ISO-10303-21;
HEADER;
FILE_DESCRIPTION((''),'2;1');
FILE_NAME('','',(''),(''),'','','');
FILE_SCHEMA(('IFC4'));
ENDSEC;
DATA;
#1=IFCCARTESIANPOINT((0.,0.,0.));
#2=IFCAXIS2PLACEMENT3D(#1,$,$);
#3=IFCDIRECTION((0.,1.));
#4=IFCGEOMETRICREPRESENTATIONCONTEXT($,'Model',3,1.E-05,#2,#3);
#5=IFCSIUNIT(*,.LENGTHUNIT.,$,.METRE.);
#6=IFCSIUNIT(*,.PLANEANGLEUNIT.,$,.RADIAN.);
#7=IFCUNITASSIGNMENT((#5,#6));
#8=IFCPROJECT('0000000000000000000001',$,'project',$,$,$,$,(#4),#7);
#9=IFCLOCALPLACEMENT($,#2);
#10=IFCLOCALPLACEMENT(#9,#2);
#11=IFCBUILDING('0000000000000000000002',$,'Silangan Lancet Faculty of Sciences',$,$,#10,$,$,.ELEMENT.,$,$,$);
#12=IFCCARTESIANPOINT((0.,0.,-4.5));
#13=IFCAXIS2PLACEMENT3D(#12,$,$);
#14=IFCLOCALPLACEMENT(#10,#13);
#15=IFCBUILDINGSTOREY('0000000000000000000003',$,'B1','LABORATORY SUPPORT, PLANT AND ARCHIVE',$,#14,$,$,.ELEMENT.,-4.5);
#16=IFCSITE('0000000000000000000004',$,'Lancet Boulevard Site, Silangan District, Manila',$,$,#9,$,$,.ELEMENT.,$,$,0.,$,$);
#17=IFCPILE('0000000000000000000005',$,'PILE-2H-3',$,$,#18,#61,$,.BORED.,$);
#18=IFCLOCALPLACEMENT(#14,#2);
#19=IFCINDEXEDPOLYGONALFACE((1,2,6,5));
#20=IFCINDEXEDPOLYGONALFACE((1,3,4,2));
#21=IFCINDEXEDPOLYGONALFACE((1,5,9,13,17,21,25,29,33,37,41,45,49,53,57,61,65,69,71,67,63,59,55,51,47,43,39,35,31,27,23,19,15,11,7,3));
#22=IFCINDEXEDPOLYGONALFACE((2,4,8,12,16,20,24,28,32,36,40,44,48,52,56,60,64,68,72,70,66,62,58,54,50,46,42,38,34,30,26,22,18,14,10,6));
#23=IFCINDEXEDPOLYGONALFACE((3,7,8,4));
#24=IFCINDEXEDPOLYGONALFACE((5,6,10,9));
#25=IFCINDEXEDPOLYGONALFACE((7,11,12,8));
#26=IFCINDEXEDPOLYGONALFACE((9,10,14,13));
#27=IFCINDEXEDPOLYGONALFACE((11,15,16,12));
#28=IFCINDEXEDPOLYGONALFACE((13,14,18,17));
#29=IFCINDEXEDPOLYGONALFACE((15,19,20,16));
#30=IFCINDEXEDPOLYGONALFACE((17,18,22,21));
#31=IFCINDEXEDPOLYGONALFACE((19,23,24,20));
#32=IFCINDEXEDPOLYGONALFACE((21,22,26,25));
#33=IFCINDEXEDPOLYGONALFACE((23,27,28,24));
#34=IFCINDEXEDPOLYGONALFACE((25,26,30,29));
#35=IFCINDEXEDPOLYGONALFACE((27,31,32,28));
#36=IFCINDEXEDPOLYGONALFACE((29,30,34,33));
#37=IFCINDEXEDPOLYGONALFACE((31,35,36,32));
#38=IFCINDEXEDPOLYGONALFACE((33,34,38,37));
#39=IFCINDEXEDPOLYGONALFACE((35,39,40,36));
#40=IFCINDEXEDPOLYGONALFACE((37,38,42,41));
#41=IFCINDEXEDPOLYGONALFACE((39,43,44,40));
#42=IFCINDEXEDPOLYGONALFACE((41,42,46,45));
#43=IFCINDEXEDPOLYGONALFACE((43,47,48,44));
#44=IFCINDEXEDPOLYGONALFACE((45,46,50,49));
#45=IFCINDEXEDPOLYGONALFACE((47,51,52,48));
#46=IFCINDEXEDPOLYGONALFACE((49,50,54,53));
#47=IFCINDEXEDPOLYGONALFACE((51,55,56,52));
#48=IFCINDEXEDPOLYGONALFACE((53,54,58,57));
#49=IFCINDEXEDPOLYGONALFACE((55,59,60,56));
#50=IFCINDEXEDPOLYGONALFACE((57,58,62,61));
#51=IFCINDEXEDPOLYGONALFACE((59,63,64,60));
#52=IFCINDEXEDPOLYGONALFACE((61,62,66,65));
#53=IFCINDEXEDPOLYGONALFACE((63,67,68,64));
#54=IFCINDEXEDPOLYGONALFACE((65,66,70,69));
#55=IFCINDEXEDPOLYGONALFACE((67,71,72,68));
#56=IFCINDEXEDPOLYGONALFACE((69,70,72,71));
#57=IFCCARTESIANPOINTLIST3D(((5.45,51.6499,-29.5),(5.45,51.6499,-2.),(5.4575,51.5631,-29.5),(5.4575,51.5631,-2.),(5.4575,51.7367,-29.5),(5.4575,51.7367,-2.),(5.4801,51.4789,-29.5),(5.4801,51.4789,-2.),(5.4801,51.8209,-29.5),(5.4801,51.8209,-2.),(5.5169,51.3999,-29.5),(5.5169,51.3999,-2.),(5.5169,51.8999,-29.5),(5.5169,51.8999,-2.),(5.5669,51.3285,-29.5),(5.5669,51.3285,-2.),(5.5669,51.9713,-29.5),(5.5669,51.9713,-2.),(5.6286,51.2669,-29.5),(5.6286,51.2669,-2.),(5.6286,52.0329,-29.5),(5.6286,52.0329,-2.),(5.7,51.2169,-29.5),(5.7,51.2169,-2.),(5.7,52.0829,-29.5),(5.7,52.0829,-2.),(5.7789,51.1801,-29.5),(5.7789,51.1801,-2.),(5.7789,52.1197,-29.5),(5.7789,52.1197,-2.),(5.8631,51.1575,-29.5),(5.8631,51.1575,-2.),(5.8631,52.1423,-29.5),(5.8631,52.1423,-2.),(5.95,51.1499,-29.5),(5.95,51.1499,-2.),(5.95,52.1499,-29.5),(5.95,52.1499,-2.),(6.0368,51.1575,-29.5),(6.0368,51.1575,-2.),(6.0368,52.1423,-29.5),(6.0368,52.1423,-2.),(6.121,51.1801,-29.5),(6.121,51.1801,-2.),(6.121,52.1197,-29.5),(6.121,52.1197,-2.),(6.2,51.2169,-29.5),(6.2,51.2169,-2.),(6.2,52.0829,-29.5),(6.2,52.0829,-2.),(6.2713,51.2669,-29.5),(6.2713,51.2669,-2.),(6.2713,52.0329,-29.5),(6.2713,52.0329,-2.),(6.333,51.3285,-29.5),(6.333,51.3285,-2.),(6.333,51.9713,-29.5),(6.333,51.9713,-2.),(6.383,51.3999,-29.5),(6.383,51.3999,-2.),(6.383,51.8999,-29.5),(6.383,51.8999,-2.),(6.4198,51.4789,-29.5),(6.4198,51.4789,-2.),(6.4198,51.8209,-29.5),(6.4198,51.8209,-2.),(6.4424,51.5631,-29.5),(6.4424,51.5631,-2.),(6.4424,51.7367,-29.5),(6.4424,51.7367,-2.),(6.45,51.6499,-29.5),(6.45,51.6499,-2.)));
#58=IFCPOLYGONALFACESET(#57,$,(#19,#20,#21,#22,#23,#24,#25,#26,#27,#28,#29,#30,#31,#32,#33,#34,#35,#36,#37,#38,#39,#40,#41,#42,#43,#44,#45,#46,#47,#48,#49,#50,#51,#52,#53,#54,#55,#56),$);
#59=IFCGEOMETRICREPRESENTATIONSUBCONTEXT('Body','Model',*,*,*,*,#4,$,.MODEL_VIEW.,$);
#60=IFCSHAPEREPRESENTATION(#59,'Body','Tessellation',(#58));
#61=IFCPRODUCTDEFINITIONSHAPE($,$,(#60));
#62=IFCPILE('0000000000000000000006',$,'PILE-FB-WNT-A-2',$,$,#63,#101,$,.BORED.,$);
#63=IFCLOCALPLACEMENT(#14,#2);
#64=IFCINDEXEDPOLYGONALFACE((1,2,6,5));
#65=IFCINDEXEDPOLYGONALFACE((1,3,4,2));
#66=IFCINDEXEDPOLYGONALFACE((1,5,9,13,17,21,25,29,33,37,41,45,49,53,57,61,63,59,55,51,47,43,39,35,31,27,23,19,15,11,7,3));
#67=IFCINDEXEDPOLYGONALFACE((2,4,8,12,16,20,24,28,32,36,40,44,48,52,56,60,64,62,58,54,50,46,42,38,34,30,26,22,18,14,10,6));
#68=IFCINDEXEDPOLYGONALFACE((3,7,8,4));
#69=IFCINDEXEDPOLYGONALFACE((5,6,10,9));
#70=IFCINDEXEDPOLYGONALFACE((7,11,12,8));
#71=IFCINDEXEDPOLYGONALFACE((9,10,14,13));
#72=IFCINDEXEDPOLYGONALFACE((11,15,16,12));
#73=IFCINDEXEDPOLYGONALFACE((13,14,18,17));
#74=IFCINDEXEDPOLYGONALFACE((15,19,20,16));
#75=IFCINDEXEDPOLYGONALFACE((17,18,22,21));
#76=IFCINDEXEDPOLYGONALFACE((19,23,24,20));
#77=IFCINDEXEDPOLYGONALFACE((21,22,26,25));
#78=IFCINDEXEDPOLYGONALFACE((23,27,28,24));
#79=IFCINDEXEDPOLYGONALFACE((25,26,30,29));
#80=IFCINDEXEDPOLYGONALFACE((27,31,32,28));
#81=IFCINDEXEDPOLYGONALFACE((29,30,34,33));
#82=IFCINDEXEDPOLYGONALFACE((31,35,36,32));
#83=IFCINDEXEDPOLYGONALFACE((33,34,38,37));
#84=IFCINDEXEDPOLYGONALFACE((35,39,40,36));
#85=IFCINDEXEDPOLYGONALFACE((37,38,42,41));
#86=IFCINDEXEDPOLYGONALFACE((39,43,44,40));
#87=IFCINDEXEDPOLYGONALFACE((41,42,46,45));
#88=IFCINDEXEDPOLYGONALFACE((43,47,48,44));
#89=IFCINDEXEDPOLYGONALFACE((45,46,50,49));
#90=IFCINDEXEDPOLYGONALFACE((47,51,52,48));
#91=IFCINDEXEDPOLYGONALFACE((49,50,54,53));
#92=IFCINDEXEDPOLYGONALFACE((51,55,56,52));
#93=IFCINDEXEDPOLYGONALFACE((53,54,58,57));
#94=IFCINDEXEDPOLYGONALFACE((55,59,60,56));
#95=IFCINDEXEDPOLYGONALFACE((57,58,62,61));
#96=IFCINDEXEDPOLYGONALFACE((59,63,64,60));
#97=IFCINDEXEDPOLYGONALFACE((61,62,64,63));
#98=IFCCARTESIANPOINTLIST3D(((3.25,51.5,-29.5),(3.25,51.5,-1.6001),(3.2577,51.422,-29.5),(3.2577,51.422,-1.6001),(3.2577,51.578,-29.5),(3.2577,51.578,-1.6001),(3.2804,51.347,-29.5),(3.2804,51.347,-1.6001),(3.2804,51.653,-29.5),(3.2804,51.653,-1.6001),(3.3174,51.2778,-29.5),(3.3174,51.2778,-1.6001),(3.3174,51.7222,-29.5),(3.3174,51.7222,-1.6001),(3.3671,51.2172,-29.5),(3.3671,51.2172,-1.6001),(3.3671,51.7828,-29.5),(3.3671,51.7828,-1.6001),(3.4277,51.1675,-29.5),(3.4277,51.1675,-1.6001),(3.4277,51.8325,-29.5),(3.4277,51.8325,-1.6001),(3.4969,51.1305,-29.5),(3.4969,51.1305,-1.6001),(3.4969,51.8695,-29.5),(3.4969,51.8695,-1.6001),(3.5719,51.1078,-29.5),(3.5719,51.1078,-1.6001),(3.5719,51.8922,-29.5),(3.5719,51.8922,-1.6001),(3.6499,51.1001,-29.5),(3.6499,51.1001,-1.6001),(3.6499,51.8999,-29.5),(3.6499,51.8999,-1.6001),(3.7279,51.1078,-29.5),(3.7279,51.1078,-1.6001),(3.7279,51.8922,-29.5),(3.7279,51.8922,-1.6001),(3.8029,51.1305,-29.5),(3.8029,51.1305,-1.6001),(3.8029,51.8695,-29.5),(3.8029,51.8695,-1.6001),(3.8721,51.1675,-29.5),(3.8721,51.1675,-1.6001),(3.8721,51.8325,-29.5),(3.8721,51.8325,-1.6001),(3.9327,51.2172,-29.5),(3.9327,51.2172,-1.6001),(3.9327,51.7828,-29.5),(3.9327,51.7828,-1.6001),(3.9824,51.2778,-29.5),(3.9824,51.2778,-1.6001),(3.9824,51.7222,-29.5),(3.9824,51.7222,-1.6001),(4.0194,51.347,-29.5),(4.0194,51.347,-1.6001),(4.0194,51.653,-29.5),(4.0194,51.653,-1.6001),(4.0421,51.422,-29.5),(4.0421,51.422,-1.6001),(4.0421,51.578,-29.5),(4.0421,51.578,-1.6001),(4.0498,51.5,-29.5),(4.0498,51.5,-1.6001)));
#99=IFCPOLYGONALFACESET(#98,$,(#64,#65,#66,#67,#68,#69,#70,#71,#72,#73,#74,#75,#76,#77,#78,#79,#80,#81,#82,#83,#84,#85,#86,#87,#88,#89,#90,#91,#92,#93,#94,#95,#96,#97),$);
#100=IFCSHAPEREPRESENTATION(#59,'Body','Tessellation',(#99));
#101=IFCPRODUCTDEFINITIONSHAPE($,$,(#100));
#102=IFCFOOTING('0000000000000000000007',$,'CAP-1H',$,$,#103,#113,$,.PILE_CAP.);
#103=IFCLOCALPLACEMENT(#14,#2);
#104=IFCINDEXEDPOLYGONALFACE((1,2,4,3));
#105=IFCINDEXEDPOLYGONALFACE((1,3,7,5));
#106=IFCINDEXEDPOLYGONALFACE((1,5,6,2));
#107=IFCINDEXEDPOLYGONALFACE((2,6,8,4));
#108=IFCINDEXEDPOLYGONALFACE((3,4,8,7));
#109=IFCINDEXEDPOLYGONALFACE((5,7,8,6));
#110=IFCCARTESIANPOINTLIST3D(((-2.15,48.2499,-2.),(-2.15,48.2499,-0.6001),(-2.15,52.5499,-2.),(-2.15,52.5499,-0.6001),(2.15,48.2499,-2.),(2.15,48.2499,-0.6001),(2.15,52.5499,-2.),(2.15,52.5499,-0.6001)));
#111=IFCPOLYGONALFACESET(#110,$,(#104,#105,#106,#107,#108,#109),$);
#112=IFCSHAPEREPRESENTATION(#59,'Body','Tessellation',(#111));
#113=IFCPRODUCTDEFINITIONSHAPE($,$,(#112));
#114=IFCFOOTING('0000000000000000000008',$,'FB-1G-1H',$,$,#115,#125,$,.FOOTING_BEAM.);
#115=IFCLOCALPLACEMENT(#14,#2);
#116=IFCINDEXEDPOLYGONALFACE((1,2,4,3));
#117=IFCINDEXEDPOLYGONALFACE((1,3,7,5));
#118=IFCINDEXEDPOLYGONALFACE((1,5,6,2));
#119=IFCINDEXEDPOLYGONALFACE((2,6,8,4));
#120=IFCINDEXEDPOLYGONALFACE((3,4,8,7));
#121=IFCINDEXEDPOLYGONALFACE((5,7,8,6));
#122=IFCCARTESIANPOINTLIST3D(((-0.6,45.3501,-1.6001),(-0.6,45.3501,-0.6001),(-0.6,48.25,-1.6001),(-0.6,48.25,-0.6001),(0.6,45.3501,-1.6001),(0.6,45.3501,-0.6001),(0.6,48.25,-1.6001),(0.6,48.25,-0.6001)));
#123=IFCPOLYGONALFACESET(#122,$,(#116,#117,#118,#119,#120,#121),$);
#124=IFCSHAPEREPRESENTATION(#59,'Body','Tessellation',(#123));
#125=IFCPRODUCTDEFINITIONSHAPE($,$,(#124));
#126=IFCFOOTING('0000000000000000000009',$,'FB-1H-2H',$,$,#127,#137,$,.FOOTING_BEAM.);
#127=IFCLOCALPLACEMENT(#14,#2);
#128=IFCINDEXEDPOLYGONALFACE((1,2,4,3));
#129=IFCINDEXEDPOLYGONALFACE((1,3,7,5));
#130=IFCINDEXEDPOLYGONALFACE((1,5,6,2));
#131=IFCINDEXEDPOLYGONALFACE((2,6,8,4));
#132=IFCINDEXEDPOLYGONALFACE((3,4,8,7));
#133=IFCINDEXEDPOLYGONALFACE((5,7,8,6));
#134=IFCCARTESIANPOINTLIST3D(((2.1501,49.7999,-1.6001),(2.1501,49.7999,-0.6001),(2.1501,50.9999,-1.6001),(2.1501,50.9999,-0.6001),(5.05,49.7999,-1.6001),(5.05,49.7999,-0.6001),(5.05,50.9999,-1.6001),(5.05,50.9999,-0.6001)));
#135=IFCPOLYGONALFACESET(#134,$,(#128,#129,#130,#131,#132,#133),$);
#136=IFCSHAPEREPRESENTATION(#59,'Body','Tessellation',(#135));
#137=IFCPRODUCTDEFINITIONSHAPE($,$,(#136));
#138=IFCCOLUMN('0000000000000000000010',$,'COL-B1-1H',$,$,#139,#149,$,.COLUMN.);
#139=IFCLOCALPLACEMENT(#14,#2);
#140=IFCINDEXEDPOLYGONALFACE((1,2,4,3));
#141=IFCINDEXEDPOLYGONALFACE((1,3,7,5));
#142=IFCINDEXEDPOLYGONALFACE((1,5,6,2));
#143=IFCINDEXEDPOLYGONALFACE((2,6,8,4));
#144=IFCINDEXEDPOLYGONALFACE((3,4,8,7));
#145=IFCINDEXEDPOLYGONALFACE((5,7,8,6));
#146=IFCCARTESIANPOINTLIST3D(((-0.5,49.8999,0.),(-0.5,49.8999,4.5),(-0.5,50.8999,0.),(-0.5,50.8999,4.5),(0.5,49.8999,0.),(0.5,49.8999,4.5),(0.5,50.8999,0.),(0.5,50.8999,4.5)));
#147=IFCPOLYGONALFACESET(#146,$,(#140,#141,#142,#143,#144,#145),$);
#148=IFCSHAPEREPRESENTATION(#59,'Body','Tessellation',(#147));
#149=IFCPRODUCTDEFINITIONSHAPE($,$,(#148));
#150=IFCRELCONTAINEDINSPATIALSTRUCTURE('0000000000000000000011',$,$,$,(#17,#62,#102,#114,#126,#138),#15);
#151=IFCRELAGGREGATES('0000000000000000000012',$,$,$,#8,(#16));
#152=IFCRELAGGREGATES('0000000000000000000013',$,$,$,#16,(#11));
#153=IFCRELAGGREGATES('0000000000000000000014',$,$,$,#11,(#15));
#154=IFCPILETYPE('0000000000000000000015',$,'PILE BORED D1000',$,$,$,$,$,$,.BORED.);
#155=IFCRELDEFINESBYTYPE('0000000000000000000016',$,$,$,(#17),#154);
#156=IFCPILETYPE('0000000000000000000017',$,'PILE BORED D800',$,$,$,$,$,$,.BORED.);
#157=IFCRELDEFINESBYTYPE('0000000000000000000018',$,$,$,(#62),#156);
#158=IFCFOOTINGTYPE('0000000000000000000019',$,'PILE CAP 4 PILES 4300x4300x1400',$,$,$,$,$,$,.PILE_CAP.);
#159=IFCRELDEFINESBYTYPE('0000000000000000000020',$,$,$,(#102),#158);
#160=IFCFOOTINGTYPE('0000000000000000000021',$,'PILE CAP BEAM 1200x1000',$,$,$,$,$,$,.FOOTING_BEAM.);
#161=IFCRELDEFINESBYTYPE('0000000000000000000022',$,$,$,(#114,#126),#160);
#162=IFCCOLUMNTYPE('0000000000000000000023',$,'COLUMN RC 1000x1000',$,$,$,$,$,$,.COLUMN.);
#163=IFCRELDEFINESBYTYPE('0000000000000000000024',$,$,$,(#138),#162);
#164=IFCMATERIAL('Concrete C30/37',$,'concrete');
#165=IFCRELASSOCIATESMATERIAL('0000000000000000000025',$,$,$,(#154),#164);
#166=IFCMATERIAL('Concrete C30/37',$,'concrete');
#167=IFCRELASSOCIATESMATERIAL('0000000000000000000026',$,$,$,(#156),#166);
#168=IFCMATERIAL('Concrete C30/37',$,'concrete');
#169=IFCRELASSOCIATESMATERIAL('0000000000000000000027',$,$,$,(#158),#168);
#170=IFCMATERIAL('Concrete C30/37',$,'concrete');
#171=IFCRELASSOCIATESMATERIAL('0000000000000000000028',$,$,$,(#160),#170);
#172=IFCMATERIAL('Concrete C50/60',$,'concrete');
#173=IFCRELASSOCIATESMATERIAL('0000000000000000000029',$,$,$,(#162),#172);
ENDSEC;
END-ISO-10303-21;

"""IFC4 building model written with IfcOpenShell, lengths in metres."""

from ifc_helpers import new_model, si_unit, direction, frame, origin, origin_2d, place, context, subcontext, project, spatial, rectangle, circle, extrude, material, material_profile, profile_set, type_object, element, save


model = new_model("IFC4")

# Units and contexts
model_context = context("Model", 3, precision=1e-05, world=origin(), true_north=direction((0.0, 1.0)))
body_context = subcontext(model_context, "Body", "Model", "MODEL_VIEW")
ifc_project = project(units=[si_unit("LENGTHUNIT", "METRE"), si_unit("PLANEANGLEUNIT", "RADIAN")], contexts=[model_context])

# Site, building, storey
site_placement = place(None, origin())
site = spatial("IfcSite", under=ifc_project, at=site_placement, Name="Lancet Boulevard Site, Silangan District, Manila", CompositionType="ELEMENT", RefElevation=0.0)
building_placement = place(site_placement, origin())
building = spatial("IfcBuilding", under=site, at=building_placement, Name="Silangan Lancet Faculty of Sciences", CompositionType="ELEMENT")
storey_placement = place(building_placement, frame((0.0, 0.0, -4.5)))
storey = spatial("IfcBuildingStorey", under=building, at=storey_placement, Name="B1", Description="LABORATORY SUPPORT, PLANT AND ARCHIVE", CompositionType="ELEMENT", Elevation=-4.5)

# Piles
ifc_material_1 = material(Name="Concrete C30/37", Category="concrete")
ifc_material_profile_1 = material_profile(ifc_material_1, circle(Radius=0.5, at=origin_2d()), Name="BORED PILE D1000")
ifc_profile_set_1 = profile_set([ifc_material_profile_1], Name="Concrete C30/37")
pile_type_1 = type_object("IfcPileType", Name="PILE BORED D1000", PredefinedType="BORED", material=ifc_profile_set_1)
for number, where, z_axis, x_axis, name in (
    (1, (5.95, 51.6499, -2.0), (0.0, 0.0, -1.0), (1.0, 0.0, 0.0), "PILE-2H-3"),
):
    element("IfcPile", number, at=place(storey_placement, frame(where, z_axis=z_axis, x_axis=x_axis)), inside=storey, type_object=pile_type_1, Name=name, PredefinedType="BORED", context=body_context, shape_type="SweptSolid", body=[
        extrude(circle(Radius=0.5, at=origin_2d()), origin(), (0.0, 0.0, 1.0), 27.5),
    ])
ifc_material_2 = material(Name="Concrete C30/37", Category="concrete")
ifc_material_profile_2 = material_profile(ifc_material_2, circle(Radius=0.3999, at=origin_2d()), Name="BORED PILE D800")
ifc_profile_set_2 = profile_set([ifc_material_profile_2], Name="Concrete C30/37")
pile_type_2 = type_object("IfcPileType", Name="PILE BORED D800", PredefinedType="BORED", material=ifc_profile_set_2)
pile_placement = place(storey_placement, frame((3.6499, 51.5, -1.6001), z_axis=(0.0, 0.0, -1.0), x_axis=(1.0, 0.0, 0.0)))
element("IfcPile", 2, at=pile_placement, inside=storey, type_object=pile_type_2, Name="PILE-FB-WNT-A-2", PredefinedType="BORED", context=body_context, shape_type="SweptSolid", body=[
    extrude(circle(Radius=0.3999, at=origin_2d()), origin(), (0.0, 0.0, 1.0), 27.8999),
])

# Footings
ifc_material_3 = material(Name="Concrete C30/37", Category="concrete")
footing_type_1 = type_object("IfcFootingType", Name="PILE CAP 4 PILES 4300x4300x1400", PredefinedType="PILE_CAP", material=ifc_material_3)
footing_placement = place(storey_placement, frame((0.0, 50.3999, -2.0), z_axis=(0.0, 0.0, 1.0), x_axis=(1.0, 0.0, 0.0)))
element("IfcFooting", 3, at=footing_placement, inside=storey, type_object=footing_type_1, Name="CAP-1H", PredefinedType="PILE_CAP", context=body_context, shape_type="SweptSolid", body=[
    extrude(rectangle(XDim=4.3, YDim=4.3, at=origin_2d()), origin(), (0.0, 0.0, 1.0), 1.3999),
])
ifc_material_4 = material(Name="Concrete C30/37", Category="concrete")
footing_type_2 = type_object("IfcFootingType", Name="PILE CAP BEAM 1200x1000", PredefinedType="FOOTING_BEAM", material=ifc_material_4)
for number, where, z_axis, x_axis, name in (
    (4, (0.0, 46.8, -1.6001), (0.0, 0.0, 1.0), (0.0, 1.0, 0.0), "FB-1G-1H"),
    (5, (3.6001, 50.3999, -1.6001), (0.0, 0.0, 1.0), (1.0, 0.0, 0.0), "FB-1H-2H"),
):
    element("IfcFooting", number, at=place(storey_placement, frame(where, z_axis=z_axis, x_axis=x_axis)), inside=storey, type_object=footing_type_2, Name=name, PredefinedType="FOOTING_BEAM", context=body_context, shape_type="SweptSolid", body=[
        extrude(rectangle(XDim=2.8999, YDim=1.2, at=origin_2d()), origin(), (0.0, 0.0, 1.0), 1.0),
    ])

# Column
ifc_material_5 = material(Name="Concrete C50/60", Category="concrete")
ifc_material_profile_3 = material_profile(ifc_material_5, rectangle(XDim=1.0, YDim=1.0, at=origin_2d()), Name="RC 1000x1000")
ifc_profile_set_3 = profile_set([ifc_material_profile_3], Name="Concrete C50/60")
column_type = type_object("IfcColumnType", Name="COLUMN RC 1000x1000", PredefinedType="COLUMN", material=ifc_profile_set_3)
column_placement = place(storey_placement, frame((0.0, 50.3999, 0.0), z_axis=(0.0, 0.0, 1.0), x_axis=(1.0, 0.0, 0.0)))
element("IfcColumn", 6, at=column_placement, inside=storey, type_object=column_type, Name="COL-B1-1H", PredefinedType="COLUMN", context=body_context, shape_type="SweptSolid", body=[
    extrude(rectangle(XDim=1.0, YDim=1.0, at=origin_2d()), origin(), (0.0, 0.0, 1.0), 4.5),
])

save(model, "model.ifc")
